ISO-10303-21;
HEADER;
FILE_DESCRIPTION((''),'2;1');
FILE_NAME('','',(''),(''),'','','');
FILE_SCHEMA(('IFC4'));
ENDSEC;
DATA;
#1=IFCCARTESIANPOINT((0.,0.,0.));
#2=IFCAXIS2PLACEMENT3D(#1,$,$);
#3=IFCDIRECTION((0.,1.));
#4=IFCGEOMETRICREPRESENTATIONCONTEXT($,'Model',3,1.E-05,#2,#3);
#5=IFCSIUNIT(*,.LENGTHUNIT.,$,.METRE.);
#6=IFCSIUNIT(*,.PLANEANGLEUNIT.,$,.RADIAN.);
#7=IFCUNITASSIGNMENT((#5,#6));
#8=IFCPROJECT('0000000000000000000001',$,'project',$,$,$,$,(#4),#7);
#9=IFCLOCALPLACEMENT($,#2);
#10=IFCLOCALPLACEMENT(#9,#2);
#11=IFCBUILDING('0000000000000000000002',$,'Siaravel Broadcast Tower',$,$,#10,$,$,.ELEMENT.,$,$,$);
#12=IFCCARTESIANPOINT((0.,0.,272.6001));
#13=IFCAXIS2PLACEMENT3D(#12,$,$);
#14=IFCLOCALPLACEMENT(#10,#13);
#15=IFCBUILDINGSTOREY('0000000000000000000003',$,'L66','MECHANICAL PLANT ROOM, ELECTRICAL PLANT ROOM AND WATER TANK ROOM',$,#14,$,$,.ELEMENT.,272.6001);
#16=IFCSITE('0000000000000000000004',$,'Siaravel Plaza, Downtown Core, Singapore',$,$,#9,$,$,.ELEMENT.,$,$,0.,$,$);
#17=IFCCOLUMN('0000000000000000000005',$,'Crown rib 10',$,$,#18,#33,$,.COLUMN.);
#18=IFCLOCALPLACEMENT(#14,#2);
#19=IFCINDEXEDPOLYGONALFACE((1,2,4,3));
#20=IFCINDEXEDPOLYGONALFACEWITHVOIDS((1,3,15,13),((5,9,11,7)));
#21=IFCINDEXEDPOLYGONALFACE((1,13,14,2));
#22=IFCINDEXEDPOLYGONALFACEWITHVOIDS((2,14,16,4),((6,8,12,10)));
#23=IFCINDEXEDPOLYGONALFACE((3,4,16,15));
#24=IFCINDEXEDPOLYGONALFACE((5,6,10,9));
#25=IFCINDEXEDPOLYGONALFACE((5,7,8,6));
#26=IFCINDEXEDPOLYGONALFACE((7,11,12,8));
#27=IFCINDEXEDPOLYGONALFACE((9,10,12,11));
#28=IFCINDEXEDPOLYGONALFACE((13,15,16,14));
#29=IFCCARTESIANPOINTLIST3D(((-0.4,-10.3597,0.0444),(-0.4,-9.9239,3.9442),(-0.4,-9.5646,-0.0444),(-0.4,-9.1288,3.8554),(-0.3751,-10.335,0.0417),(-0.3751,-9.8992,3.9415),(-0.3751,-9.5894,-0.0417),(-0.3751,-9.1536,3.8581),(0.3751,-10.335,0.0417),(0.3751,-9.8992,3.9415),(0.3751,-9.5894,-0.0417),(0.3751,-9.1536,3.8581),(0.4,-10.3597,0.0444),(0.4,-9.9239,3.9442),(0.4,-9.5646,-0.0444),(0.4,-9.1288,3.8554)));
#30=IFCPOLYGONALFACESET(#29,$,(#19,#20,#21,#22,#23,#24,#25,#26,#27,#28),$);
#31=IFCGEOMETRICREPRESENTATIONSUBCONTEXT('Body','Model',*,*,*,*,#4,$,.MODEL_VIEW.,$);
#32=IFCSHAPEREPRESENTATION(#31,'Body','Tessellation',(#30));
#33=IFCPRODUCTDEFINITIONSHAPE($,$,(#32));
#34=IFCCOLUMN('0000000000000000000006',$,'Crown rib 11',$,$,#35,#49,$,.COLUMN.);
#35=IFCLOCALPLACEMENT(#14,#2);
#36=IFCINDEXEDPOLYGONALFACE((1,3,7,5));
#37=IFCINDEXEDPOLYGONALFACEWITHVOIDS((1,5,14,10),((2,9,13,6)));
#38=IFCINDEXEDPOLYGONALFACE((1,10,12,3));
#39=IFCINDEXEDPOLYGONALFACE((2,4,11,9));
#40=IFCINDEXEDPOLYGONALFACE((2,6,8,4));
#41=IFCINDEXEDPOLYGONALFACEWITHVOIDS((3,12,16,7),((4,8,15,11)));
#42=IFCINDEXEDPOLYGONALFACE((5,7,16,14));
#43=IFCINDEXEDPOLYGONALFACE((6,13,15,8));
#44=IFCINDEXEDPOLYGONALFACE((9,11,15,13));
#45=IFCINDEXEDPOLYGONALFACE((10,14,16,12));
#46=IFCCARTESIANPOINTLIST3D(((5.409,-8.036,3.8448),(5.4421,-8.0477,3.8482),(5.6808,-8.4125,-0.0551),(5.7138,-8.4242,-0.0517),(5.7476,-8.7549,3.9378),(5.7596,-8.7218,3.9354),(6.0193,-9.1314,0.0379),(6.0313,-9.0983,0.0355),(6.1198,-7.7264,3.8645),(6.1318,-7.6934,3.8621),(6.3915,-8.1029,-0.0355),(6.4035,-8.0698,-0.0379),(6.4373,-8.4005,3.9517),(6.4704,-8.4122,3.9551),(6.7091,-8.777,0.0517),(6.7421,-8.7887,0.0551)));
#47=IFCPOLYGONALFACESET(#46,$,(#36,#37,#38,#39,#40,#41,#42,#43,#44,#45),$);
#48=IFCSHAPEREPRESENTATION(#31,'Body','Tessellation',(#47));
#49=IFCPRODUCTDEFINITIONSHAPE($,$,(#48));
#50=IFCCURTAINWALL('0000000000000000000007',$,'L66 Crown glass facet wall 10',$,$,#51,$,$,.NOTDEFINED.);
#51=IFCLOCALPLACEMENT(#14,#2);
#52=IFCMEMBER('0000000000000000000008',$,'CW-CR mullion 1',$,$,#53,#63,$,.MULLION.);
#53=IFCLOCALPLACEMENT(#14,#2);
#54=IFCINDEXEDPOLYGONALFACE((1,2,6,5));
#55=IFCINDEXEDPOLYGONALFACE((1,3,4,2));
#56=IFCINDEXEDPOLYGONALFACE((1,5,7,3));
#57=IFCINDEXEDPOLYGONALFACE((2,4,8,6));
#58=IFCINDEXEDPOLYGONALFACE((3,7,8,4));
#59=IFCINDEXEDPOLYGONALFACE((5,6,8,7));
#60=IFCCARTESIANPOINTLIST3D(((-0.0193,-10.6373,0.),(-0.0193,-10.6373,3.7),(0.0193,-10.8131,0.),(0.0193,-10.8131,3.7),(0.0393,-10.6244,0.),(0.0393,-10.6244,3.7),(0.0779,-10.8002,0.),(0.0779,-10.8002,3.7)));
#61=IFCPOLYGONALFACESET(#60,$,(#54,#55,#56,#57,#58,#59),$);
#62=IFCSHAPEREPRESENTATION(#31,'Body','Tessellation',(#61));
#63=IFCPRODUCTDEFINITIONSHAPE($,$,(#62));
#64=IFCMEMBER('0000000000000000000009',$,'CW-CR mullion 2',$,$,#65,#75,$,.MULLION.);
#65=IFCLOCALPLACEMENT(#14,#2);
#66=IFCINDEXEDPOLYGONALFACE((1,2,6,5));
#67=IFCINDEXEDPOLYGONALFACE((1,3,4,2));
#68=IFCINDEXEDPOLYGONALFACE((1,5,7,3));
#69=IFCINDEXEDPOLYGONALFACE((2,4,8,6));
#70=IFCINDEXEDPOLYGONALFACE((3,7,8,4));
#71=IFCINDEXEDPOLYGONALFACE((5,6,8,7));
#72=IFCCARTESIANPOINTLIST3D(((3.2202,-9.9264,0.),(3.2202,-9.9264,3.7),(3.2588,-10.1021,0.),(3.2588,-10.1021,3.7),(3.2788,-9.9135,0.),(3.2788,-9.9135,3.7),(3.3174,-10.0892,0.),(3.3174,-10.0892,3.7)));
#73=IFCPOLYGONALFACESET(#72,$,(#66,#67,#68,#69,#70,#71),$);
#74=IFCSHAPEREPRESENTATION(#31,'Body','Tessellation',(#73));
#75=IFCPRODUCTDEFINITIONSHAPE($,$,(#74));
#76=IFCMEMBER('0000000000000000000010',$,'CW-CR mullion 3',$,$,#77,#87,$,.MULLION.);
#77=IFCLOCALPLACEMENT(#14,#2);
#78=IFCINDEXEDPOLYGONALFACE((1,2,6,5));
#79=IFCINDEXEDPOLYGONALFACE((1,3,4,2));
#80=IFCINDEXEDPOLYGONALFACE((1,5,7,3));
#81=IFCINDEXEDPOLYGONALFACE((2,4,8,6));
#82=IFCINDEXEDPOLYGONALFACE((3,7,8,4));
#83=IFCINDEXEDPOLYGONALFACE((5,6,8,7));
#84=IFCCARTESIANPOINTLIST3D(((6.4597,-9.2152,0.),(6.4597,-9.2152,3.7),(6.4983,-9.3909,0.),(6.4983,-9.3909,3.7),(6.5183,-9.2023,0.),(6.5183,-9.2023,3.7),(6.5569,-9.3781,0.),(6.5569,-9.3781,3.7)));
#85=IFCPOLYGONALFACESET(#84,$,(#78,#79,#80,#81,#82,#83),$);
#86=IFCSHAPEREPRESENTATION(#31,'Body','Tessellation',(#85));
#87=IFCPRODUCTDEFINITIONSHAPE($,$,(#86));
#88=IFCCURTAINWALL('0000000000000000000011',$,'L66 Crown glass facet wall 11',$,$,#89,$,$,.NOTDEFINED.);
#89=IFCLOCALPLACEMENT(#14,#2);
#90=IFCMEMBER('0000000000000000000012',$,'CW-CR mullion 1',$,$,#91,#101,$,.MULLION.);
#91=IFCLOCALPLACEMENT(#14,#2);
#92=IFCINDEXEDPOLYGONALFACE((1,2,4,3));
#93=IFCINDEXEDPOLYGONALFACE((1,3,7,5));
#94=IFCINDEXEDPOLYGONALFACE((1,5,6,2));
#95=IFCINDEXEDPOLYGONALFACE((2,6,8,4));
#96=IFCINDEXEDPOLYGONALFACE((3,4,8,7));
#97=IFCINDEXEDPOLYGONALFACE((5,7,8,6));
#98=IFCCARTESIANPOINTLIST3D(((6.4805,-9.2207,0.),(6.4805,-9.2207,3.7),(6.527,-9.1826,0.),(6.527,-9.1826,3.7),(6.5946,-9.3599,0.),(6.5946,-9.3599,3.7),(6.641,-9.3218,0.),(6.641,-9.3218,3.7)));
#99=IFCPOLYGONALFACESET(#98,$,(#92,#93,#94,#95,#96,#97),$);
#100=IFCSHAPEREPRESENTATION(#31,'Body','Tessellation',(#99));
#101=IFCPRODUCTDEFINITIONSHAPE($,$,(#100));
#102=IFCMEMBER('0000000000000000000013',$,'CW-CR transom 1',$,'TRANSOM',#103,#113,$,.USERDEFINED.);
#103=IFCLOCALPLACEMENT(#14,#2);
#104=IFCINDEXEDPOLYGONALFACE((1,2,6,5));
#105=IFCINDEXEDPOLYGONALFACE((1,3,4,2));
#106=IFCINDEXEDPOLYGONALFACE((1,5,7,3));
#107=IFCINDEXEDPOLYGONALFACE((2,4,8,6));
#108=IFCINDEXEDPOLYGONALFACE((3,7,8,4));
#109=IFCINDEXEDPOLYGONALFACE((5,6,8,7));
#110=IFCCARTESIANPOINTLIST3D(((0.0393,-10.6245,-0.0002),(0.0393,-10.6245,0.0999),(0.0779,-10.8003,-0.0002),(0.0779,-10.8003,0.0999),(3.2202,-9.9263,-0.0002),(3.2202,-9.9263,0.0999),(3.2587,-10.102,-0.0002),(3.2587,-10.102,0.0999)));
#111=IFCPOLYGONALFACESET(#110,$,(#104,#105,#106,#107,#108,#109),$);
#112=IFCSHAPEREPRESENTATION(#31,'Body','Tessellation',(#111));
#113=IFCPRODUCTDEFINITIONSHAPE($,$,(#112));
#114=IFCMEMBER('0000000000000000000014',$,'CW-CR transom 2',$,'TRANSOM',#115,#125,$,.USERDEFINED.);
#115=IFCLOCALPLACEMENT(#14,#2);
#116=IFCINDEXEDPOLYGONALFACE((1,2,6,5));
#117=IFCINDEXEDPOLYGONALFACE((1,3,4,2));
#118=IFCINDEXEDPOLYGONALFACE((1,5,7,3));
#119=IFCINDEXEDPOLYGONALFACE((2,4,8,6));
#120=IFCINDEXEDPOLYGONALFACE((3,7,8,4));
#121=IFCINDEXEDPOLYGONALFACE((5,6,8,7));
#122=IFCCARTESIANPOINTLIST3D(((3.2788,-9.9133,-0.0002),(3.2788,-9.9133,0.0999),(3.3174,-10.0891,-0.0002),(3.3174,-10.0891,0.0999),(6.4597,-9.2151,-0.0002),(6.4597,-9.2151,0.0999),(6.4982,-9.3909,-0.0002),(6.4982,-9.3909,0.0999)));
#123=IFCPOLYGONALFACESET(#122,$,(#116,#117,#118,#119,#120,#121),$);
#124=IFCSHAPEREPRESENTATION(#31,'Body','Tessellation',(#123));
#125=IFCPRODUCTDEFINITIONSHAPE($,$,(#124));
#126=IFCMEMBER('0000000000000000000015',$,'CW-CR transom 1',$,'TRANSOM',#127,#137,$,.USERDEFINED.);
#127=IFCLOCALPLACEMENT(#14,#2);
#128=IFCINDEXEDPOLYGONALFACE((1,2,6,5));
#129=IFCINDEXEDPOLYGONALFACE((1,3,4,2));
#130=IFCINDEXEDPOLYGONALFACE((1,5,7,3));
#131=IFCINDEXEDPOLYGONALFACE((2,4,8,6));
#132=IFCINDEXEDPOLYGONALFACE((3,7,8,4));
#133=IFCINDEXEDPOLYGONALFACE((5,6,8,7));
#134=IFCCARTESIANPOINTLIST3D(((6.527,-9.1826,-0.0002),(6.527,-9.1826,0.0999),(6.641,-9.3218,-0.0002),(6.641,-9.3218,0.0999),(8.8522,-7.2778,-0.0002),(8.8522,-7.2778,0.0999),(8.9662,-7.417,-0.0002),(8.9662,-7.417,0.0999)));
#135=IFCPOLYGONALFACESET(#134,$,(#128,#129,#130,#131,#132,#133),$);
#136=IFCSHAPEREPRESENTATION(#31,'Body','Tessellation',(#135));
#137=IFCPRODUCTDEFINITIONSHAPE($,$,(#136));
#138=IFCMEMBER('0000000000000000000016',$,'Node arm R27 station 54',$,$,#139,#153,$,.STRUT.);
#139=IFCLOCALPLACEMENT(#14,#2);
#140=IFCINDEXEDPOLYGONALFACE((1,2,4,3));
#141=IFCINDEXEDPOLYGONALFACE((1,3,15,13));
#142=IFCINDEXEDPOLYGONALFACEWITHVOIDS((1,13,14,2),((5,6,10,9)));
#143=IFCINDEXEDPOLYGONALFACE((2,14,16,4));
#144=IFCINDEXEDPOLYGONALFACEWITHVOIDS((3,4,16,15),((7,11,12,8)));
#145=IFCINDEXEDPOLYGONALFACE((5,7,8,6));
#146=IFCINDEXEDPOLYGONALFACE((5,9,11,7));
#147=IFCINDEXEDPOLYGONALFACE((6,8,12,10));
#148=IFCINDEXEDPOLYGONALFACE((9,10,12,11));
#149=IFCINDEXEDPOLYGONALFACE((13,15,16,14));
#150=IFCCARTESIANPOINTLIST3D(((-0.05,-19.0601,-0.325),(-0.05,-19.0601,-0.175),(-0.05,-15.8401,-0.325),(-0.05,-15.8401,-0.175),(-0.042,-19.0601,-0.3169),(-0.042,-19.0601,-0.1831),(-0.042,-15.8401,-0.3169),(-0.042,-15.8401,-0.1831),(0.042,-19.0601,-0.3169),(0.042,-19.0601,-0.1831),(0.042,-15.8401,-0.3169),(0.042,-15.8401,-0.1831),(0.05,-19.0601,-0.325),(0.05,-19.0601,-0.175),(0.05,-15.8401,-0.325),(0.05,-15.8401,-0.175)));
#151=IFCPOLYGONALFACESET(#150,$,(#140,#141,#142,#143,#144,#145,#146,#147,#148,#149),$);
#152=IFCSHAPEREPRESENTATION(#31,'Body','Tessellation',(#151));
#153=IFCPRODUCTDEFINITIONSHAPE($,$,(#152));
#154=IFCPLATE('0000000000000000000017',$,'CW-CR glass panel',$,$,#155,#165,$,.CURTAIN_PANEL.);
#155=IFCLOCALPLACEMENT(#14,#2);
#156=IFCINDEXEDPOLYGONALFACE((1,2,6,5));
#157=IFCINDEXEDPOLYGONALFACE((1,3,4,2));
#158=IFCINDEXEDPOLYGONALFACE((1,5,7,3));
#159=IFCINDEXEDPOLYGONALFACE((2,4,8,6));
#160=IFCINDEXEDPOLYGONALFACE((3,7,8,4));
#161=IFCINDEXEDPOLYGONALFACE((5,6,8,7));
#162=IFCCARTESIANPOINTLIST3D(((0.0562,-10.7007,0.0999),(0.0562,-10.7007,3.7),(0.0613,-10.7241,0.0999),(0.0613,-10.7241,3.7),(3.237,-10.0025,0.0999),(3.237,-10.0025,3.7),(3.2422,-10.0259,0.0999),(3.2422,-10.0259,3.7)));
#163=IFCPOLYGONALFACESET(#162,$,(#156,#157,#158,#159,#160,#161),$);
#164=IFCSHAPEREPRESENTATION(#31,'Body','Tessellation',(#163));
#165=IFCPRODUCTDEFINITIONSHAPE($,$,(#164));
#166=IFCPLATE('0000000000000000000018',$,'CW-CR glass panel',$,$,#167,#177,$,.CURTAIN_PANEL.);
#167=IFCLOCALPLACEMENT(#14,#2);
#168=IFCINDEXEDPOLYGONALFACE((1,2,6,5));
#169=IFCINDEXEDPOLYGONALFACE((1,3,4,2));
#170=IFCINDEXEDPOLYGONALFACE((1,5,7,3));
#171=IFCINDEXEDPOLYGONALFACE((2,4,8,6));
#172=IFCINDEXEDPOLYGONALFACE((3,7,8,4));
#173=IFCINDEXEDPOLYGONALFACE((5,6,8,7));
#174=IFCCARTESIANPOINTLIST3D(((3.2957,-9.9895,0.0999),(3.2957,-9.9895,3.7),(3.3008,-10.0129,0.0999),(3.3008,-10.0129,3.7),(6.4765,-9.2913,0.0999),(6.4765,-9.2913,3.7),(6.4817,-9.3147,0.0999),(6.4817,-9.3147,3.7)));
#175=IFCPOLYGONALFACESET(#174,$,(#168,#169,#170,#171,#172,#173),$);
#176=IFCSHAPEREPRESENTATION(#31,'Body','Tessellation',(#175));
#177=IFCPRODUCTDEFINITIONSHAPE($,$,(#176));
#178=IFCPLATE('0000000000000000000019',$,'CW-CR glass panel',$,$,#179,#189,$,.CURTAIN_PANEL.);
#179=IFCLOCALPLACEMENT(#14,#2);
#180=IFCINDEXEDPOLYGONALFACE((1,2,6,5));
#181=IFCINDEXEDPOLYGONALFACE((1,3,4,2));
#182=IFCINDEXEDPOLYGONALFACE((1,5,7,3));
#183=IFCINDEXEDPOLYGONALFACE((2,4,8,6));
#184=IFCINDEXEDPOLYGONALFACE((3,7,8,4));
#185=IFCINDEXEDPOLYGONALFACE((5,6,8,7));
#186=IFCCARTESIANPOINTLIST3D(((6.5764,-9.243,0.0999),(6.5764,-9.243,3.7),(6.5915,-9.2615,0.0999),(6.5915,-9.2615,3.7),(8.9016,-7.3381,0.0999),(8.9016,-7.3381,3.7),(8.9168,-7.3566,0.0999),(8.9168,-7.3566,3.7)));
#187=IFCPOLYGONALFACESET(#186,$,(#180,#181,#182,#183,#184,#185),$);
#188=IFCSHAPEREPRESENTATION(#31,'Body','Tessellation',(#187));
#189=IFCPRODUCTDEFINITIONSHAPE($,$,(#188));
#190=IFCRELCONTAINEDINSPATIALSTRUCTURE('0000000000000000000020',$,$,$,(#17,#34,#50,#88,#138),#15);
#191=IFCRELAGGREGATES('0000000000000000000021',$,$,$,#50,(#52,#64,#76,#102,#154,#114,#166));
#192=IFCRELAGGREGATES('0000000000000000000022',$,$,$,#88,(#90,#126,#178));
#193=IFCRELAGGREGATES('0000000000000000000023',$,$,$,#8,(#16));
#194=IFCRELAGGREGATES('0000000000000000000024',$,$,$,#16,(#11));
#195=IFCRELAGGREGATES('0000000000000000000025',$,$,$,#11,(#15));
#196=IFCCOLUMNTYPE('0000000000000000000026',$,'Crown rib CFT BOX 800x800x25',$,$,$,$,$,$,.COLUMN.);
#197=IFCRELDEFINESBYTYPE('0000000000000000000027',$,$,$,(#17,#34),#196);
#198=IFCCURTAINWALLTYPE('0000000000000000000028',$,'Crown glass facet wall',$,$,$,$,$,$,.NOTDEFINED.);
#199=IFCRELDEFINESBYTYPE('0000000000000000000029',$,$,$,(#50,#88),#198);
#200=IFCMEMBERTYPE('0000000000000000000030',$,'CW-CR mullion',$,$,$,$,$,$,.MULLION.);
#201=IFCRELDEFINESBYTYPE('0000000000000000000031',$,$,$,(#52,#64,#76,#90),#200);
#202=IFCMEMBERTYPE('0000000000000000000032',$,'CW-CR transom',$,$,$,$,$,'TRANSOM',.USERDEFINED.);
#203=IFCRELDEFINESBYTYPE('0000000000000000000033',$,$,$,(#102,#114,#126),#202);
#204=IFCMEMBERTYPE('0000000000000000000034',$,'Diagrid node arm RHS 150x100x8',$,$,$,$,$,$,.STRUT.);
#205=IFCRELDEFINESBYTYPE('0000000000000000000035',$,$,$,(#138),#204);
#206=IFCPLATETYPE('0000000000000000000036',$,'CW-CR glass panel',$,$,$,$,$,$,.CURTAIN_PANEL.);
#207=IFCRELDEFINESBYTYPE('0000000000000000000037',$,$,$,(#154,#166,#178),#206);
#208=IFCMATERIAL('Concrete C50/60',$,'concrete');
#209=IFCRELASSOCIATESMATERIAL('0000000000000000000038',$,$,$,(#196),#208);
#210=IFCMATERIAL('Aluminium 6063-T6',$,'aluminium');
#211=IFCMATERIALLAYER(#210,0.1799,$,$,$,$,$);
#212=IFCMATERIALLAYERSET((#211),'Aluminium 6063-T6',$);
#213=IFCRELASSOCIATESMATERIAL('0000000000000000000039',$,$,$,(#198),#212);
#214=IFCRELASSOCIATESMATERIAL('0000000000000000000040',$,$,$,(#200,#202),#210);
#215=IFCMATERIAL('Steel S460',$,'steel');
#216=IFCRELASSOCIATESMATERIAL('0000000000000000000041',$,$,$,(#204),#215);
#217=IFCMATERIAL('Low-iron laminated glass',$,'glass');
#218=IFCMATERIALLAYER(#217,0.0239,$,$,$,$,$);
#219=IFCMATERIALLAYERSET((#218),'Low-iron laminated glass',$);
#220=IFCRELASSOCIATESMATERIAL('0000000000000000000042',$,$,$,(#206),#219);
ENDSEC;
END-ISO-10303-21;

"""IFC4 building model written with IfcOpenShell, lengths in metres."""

from ifc_helpers import new_model, si_unit, direction, frame, origin, origin_2d, place, context, subcontext, project, spatial, rectangle, hollow_rectangle, extrude, material, layer, layer_set, material_profile, profile_set, type_object, element, aggregate, save


model = new_model("IFC4")

# Units and contexts
model_context = context("Model", 3, precision=1e-05, world=origin(), true_north=direction((0.0, 1.0)))
body_context = subcontext(model_context, "Body", "Model", "MODEL_VIEW")
ifc_project = project(units=[si_unit("LENGTHUNIT", "METRE"), si_unit("PLANEANGLEUNIT", "RADIAN")], contexts=[model_context])

# Site, building, storey
site_placement = place(None, origin())
site = spatial("IfcSite", under=ifc_project, at=site_placement, Name="Siaravel Plaza, Downtown Core, Singapore", CompositionType="ELEMENT", RefElevation=0.0)
building_placement = place(site_placement, origin())
building = spatial("IfcBuilding", under=site, at=building_placement, Name="Siaravel Broadcast Tower", CompositionType="ELEMENT")
storey_placement = place(building_placement, frame((0.0, 0.0, 272.6001)))
storey = spatial("IfcBuildingStorey", under=building, at=storey_placement, Name="L66", Description="MECHANICAL PLANT ROOM, ELECTRICAL PLANT ROOM AND WATER TANK ROOM", CompositionType="ELEMENT", Elevation=272.6001)

# Columns
ifc_material_1 = material(Name="Concrete C50/60", Category="concrete")
ifc_material_profile_1 = material_profile(ifc_material_1, hollow_rectangle(XDim=0.8, YDim=0.8, WallThickness=0.0249, at=origin_2d()))
ifc_profile_set_1 = profile_set([ifc_material_profile_1], Name="Concrete C50/60")
column_type = type_object("IfcColumnType", Name="Crown rib CFT BOX 800x800x25", PredefinedType="COLUMN", material=ifc_profile_set_1)
column_1_placement = place(storey_placement, frame((0.0, -9.9622, 0.0), z_axis=(0.0, 0.111053, 0.993814), x_axis=(-1.0, 0.0, 0.0)))
element("IfcColumn", 1, at=column_1_placement, inside=storey, type_object=column_type, Name="Crown rib 10", PredefinedType="COLUMN", context=body_context, shape_type="SweptSolid", body=[
    extrude(hollow_rectangle(XDim=0.8, YDim=0.8, WallThickness=0.0249, at=origin_2d()), origin(), (0.0, 0.0, 1.0), 3.9241),
])
column_2_placement = place(storey_placement, frame((6.2114, -8.6006, 0.0), z_axis=(-0.069187, 0.095855, 0.992988), x_axis=(-0.903382, -0.428292, -0.0216)))
element("IfcColumn", 2, at=column_2_placement, inside=storey, type_object=column_type, Name="Crown rib 11", PredefinedType="COLUMN", context=body_context, shape_type="SweptSolid", body=[
    extrude(hollow_rectangle(XDim=0.8, YDim=0.8, WallThickness=0.0249, at=origin_2d()), origin(), (0.0, 0.0, 1.0), 3.9275),
])

# Curtain wall, members
ifc_material_2 = material(Name="Aluminium 6063-T6", Category="aluminium")
ifc_layer_1 = layer(ifc_material_2, 0.1799)
ifc_layer_set_1 = layer_set([ifc_layer_1], Name="Aluminium 6063-T6")
curtain_wall_type = type_object("IfcCurtainWallType", Name="Crown glass facet wall", PredefinedType="NOTDEFINED", material=ifc_layer_set_1)
curtain_wall_1_placement = place(storey_placement, origin())
curtain_wall_1 = element("IfcCurtainWall", 3, at=curtain_wall_1_placement, inside=storey, type_object=curtain_wall_type, Name="L66 Crown glass facet wall 10", PredefinedType="NOTDEFINED")
ifc_material_profile_2 = material_profile(ifc_material_2, rectangle(XDim=0.1799, YDim=0.0601, at=origin_2d()))
ifc_profile_set_2 = profile_set([ifc_material_profile_2], Name="Aluminium 6063-T6")
member_type_1 = type_object("IfcMemberType", Name="CW-CR mullion", PredefinedType="MULLION", material=ifc_profile_set_2)
member_1_placement = place(storey_placement, frame((0.0293, -10.7188, 0.0), z_axis=(0.0, 0.0, 1.0), x_axis=(-0.214394, 0.976747, 0.0)))
member_1 = element("IfcMember", 4, at=member_1_placement, type_object=member_type_1, Name="CW-CR mullion 1", PredefinedType="MULLION", context=body_context, shape_type="SweptSolid", body=[
    extrude(rectangle(XDim=0.1799, YDim=0.0601, at=origin_2d()), origin(), (0.0, 0.0, 1.0), 3.7),
])
member_2_placement = place(storey_placement, frame((3.2688, -10.0078, 0.0), z_axis=(0.0, 0.0, 1.0), x_axis=(-0.214394, 0.976747, 0.0)))
member_2 = element("IfcMember", 5, at=member_2_placement, type_object=member_type_1, Name="CW-CR mullion 2", PredefinedType="MULLION", context=body_context, shape_type="SweptSolid", body=[
    extrude(rectangle(XDim=0.1799, YDim=0.0601, at=origin_2d()), origin(), (0.0, 0.0, 1.0), 3.7),
])
member_3_placement = place(storey_placement, frame((6.5083, -9.2966, 0.0), z_axis=(0.0, 0.0, 1.0), x_axis=(-0.214394, 0.976747, 0.0)))
member_3 = element("IfcMember", 6, at=member_3_placement, type_object=member_type_1, Name="CW-CR mullion 3", PredefinedType="MULLION", context=body_context, shape_type="SweptSolid", body=[
    extrude(rectangle(XDim=0.1799, YDim=0.0601, at=origin_2d()), origin(), (0.0, 0.0, 1.0), 3.7),
])

# Curtain wall, member
curtain_wall_2_placement = place(storey_placement, origin())
curtain_wall_2 = element("IfcCurtainWall", 7, at=curtain_wall_2_placement, inside=storey, type_object=curtain_wall_type, Name="L66 Crown glass facet wall 11", PredefinedType="NOTDEFINED")
member_4_placement = place(storey_placement, frame((6.5608, -9.2712, 0.0), z_axis=(0.0, 0.0, 1.0), x_axis=(-0.633712, 0.773569, 0.0)))
member_4 = element("IfcMember", 8, at=member_4_placement, type_object=member_type_1, Name="CW-CR mullion 1", PredefinedType="MULLION", context=body_context, shape_type="SweptSolid", body=[
    extrude(rectangle(XDim=0.1799, YDim=0.0601, at=origin_2d()), origin(), (0.0, 0.0, 1.0), 3.7),
])

# Members
ifc_material_profile_3 = material_profile(ifc_material_2, rectangle(XDim=0.1799, YDim=0.1001, at=origin_2d()))
ifc_profile_set_3 = profile_set([ifc_material_profile_3], Name="Aluminium 6063-T6")
member_type_2 = type_object("IfcMemberType", Name="CW-CR transom", ElementType="TRANSOM", PredefinedType="USERDEFINED", material=ifc_profile_set_3)
member_5_placement = place(storey_placement, frame((0.0586, -10.7124, 0.0498), z_axis=(0.976745, 0.214406, 0.0), x_axis=(-0.214406, 0.976745, 0.0)))
member_5 = element("IfcMember", 9, at=member_5_placement, type_object=member_type_2, Name="CW-CR transom 1", ObjectType="TRANSOM", PredefinedType="USERDEFINED", context=body_context, shape_type="SweptSolid", body=[
    extrude(rectangle(XDim=0.1799, YDim=0.1001, at=origin_2d()), origin(), (0.0, 0.0, 1.0), 3.2566),
])
member_6_placement = place(storey_placement, frame((3.2981, -10.0012, 0.0498), z_axis=(0.976745, 0.214406, 0.0), x_axis=(-0.214406, 0.976745, 0.0)))
member_6 = element("IfcMember", 10, at=member_6_placement, type_object=member_type_2, Name="CW-CR transom 2", ObjectType="TRANSOM", PredefinedType="USERDEFINED", context=body_context, shape_type="SweptSolid", body=[
    extrude(rectangle(XDim=0.1799, YDim=0.1001, at=origin_2d()), origin(), (0.0, 0.0, 1.0), 3.2566),
])
member_7_placement = place(storey_placement, frame((6.584, -9.2522, 0.0498), z_axis=(0.773574, 0.633707, 0.0), x_axis=(-0.633707, 0.773574, 0.0)))
member_7 = element("IfcMember", 11, at=member_7_placement, type_object=member_type_2, Name="CW-CR transom 1", ObjectType="TRANSOM", PredefinedType="USERDEFINED", context=body_context, shape_type="SweptSolid", body=[
    extrude(rectangle(XDim=0.1799, YDim=0.1001, at=origin_2d()), origin(), (0.0, 0.0, 1.0), 3.0059),
])
ifc_material_3 = material(Name="Steel S460", Category="steel")
ifc_material_profile_4 = material_profile(ifc_material_3, hollow_rectangle(XDim=0.1001, YDim=0.1499, WallThickness=0.0081, at=origin_2d()))
ifc_profile_set_4 = profile_set([ifc_material_profile_4], Name="Steel S460")
member_type_3 = type_object("IfcMemberType", Name="Diagrid node arm RHS 150x100x8", PredefinedType="STRUT", material=ifc_profile_set_4)
member_8_placement = place(storey_placement, frame((0.0, -15.8401, -0.25), z_axis=(0.0, -1.0, 0.0), x_axis=(1.0, 0.0, 0.0)))
element("IfcMember", 12, at=member_8_placement, inside=storey, type_object=member_type_3, Name="Node arm R27 station 54", PredefinedType="STRUT", context=body_context, shape_type="SweptSolid", body=[
    extrude(hollow_rectangle(XDim=0.1001, YDim=0.1499, WallThickness=0.0081, at=origin_2d()), origin(), (0.0, 0.0, 1.0), 3.22),
])

# Plates
ifc_material_4 = material(Name="Low-iron laminated glass", Category="glass")
ifc_layer_2 = layer(ifc_material_4, 0.0239)
ifc_layer_set_2 = layer_set([ifc_layer_2], Name="Low-iron laminated glass")
plate_type = type_object("IfcPlateType", Name="CW-CR glass panel", PredefinedType="CURTAIN_PANEL", material=ifc_layer_set_2)
plate_1_placement = place(storey_placement, frame((1.6492, -10.3633, 0.0999), z_axis=(0.0, 0.0, 1.0), x_axis=(0.976747, 0.214394, 0.0)))
plate_1 = element("IfcPlate", 13, at=plate_1_placement, type_object=plate_type, Name="CW-CR glass panel", PredefinedType="CURTAIN_PANEL", context=body_context, shape_type="SweptSolid", body=[
    extrude(rectangle(XDim=3.2566, YDim=0.0239, at=origin_2d()), origin(), (0.0, 0.0, 1.0), 3.6001),
])
plate_2_placement = place(storey_placement, frame((4.8887, -9.6521, 0.0999), z_axis=(0.0, 0.0, 1.0), x_axis=(0.976747, 0.214394, 0.0)))
plate_2 = element("IfcPlate", 14, at=plate_2_placement, type_object=plate_type, Name="CW-CR glass panel", PredefinedType="CURTAIN_PANEL", context=body_context, shape_type="SweptSolid", body=[
    extrude(rectangle(XDim=3.2566, YDim=0.0239, at=origin_2d()), origin(), (0.0, 0.0, 1.0), 3.6001),
])
aggregate(curtain_wall_1, [member_1, member_2, member_3, member_5, plate_1, member_6, plate_2])
plate_3_placement = place(storey_placement, frame((7.7466, -8.2998, 0.0999), z_axis=(0.0, 0.0, 1.0), x_axis=(0.773569, 0.633712, 0.0)))
plate_3 = element("IfcPlate", 15, at=plate_3_placement, type_object=plate_type, Name="CW-CR glass panel", PredefinedType="CURTAIN_PANEL", context=body_context, shape_type="SweptSolid", body=[
    extrude(rectangle(XDim=3.0059, YDim=0.0239, at=origin_2d()), origin(), (0.0, 0.0, 1.0), 3.6001),
])
aggregate(curtain_wall_2, [member_4, member_7, plate_3])

save(model, "model.ifc")
